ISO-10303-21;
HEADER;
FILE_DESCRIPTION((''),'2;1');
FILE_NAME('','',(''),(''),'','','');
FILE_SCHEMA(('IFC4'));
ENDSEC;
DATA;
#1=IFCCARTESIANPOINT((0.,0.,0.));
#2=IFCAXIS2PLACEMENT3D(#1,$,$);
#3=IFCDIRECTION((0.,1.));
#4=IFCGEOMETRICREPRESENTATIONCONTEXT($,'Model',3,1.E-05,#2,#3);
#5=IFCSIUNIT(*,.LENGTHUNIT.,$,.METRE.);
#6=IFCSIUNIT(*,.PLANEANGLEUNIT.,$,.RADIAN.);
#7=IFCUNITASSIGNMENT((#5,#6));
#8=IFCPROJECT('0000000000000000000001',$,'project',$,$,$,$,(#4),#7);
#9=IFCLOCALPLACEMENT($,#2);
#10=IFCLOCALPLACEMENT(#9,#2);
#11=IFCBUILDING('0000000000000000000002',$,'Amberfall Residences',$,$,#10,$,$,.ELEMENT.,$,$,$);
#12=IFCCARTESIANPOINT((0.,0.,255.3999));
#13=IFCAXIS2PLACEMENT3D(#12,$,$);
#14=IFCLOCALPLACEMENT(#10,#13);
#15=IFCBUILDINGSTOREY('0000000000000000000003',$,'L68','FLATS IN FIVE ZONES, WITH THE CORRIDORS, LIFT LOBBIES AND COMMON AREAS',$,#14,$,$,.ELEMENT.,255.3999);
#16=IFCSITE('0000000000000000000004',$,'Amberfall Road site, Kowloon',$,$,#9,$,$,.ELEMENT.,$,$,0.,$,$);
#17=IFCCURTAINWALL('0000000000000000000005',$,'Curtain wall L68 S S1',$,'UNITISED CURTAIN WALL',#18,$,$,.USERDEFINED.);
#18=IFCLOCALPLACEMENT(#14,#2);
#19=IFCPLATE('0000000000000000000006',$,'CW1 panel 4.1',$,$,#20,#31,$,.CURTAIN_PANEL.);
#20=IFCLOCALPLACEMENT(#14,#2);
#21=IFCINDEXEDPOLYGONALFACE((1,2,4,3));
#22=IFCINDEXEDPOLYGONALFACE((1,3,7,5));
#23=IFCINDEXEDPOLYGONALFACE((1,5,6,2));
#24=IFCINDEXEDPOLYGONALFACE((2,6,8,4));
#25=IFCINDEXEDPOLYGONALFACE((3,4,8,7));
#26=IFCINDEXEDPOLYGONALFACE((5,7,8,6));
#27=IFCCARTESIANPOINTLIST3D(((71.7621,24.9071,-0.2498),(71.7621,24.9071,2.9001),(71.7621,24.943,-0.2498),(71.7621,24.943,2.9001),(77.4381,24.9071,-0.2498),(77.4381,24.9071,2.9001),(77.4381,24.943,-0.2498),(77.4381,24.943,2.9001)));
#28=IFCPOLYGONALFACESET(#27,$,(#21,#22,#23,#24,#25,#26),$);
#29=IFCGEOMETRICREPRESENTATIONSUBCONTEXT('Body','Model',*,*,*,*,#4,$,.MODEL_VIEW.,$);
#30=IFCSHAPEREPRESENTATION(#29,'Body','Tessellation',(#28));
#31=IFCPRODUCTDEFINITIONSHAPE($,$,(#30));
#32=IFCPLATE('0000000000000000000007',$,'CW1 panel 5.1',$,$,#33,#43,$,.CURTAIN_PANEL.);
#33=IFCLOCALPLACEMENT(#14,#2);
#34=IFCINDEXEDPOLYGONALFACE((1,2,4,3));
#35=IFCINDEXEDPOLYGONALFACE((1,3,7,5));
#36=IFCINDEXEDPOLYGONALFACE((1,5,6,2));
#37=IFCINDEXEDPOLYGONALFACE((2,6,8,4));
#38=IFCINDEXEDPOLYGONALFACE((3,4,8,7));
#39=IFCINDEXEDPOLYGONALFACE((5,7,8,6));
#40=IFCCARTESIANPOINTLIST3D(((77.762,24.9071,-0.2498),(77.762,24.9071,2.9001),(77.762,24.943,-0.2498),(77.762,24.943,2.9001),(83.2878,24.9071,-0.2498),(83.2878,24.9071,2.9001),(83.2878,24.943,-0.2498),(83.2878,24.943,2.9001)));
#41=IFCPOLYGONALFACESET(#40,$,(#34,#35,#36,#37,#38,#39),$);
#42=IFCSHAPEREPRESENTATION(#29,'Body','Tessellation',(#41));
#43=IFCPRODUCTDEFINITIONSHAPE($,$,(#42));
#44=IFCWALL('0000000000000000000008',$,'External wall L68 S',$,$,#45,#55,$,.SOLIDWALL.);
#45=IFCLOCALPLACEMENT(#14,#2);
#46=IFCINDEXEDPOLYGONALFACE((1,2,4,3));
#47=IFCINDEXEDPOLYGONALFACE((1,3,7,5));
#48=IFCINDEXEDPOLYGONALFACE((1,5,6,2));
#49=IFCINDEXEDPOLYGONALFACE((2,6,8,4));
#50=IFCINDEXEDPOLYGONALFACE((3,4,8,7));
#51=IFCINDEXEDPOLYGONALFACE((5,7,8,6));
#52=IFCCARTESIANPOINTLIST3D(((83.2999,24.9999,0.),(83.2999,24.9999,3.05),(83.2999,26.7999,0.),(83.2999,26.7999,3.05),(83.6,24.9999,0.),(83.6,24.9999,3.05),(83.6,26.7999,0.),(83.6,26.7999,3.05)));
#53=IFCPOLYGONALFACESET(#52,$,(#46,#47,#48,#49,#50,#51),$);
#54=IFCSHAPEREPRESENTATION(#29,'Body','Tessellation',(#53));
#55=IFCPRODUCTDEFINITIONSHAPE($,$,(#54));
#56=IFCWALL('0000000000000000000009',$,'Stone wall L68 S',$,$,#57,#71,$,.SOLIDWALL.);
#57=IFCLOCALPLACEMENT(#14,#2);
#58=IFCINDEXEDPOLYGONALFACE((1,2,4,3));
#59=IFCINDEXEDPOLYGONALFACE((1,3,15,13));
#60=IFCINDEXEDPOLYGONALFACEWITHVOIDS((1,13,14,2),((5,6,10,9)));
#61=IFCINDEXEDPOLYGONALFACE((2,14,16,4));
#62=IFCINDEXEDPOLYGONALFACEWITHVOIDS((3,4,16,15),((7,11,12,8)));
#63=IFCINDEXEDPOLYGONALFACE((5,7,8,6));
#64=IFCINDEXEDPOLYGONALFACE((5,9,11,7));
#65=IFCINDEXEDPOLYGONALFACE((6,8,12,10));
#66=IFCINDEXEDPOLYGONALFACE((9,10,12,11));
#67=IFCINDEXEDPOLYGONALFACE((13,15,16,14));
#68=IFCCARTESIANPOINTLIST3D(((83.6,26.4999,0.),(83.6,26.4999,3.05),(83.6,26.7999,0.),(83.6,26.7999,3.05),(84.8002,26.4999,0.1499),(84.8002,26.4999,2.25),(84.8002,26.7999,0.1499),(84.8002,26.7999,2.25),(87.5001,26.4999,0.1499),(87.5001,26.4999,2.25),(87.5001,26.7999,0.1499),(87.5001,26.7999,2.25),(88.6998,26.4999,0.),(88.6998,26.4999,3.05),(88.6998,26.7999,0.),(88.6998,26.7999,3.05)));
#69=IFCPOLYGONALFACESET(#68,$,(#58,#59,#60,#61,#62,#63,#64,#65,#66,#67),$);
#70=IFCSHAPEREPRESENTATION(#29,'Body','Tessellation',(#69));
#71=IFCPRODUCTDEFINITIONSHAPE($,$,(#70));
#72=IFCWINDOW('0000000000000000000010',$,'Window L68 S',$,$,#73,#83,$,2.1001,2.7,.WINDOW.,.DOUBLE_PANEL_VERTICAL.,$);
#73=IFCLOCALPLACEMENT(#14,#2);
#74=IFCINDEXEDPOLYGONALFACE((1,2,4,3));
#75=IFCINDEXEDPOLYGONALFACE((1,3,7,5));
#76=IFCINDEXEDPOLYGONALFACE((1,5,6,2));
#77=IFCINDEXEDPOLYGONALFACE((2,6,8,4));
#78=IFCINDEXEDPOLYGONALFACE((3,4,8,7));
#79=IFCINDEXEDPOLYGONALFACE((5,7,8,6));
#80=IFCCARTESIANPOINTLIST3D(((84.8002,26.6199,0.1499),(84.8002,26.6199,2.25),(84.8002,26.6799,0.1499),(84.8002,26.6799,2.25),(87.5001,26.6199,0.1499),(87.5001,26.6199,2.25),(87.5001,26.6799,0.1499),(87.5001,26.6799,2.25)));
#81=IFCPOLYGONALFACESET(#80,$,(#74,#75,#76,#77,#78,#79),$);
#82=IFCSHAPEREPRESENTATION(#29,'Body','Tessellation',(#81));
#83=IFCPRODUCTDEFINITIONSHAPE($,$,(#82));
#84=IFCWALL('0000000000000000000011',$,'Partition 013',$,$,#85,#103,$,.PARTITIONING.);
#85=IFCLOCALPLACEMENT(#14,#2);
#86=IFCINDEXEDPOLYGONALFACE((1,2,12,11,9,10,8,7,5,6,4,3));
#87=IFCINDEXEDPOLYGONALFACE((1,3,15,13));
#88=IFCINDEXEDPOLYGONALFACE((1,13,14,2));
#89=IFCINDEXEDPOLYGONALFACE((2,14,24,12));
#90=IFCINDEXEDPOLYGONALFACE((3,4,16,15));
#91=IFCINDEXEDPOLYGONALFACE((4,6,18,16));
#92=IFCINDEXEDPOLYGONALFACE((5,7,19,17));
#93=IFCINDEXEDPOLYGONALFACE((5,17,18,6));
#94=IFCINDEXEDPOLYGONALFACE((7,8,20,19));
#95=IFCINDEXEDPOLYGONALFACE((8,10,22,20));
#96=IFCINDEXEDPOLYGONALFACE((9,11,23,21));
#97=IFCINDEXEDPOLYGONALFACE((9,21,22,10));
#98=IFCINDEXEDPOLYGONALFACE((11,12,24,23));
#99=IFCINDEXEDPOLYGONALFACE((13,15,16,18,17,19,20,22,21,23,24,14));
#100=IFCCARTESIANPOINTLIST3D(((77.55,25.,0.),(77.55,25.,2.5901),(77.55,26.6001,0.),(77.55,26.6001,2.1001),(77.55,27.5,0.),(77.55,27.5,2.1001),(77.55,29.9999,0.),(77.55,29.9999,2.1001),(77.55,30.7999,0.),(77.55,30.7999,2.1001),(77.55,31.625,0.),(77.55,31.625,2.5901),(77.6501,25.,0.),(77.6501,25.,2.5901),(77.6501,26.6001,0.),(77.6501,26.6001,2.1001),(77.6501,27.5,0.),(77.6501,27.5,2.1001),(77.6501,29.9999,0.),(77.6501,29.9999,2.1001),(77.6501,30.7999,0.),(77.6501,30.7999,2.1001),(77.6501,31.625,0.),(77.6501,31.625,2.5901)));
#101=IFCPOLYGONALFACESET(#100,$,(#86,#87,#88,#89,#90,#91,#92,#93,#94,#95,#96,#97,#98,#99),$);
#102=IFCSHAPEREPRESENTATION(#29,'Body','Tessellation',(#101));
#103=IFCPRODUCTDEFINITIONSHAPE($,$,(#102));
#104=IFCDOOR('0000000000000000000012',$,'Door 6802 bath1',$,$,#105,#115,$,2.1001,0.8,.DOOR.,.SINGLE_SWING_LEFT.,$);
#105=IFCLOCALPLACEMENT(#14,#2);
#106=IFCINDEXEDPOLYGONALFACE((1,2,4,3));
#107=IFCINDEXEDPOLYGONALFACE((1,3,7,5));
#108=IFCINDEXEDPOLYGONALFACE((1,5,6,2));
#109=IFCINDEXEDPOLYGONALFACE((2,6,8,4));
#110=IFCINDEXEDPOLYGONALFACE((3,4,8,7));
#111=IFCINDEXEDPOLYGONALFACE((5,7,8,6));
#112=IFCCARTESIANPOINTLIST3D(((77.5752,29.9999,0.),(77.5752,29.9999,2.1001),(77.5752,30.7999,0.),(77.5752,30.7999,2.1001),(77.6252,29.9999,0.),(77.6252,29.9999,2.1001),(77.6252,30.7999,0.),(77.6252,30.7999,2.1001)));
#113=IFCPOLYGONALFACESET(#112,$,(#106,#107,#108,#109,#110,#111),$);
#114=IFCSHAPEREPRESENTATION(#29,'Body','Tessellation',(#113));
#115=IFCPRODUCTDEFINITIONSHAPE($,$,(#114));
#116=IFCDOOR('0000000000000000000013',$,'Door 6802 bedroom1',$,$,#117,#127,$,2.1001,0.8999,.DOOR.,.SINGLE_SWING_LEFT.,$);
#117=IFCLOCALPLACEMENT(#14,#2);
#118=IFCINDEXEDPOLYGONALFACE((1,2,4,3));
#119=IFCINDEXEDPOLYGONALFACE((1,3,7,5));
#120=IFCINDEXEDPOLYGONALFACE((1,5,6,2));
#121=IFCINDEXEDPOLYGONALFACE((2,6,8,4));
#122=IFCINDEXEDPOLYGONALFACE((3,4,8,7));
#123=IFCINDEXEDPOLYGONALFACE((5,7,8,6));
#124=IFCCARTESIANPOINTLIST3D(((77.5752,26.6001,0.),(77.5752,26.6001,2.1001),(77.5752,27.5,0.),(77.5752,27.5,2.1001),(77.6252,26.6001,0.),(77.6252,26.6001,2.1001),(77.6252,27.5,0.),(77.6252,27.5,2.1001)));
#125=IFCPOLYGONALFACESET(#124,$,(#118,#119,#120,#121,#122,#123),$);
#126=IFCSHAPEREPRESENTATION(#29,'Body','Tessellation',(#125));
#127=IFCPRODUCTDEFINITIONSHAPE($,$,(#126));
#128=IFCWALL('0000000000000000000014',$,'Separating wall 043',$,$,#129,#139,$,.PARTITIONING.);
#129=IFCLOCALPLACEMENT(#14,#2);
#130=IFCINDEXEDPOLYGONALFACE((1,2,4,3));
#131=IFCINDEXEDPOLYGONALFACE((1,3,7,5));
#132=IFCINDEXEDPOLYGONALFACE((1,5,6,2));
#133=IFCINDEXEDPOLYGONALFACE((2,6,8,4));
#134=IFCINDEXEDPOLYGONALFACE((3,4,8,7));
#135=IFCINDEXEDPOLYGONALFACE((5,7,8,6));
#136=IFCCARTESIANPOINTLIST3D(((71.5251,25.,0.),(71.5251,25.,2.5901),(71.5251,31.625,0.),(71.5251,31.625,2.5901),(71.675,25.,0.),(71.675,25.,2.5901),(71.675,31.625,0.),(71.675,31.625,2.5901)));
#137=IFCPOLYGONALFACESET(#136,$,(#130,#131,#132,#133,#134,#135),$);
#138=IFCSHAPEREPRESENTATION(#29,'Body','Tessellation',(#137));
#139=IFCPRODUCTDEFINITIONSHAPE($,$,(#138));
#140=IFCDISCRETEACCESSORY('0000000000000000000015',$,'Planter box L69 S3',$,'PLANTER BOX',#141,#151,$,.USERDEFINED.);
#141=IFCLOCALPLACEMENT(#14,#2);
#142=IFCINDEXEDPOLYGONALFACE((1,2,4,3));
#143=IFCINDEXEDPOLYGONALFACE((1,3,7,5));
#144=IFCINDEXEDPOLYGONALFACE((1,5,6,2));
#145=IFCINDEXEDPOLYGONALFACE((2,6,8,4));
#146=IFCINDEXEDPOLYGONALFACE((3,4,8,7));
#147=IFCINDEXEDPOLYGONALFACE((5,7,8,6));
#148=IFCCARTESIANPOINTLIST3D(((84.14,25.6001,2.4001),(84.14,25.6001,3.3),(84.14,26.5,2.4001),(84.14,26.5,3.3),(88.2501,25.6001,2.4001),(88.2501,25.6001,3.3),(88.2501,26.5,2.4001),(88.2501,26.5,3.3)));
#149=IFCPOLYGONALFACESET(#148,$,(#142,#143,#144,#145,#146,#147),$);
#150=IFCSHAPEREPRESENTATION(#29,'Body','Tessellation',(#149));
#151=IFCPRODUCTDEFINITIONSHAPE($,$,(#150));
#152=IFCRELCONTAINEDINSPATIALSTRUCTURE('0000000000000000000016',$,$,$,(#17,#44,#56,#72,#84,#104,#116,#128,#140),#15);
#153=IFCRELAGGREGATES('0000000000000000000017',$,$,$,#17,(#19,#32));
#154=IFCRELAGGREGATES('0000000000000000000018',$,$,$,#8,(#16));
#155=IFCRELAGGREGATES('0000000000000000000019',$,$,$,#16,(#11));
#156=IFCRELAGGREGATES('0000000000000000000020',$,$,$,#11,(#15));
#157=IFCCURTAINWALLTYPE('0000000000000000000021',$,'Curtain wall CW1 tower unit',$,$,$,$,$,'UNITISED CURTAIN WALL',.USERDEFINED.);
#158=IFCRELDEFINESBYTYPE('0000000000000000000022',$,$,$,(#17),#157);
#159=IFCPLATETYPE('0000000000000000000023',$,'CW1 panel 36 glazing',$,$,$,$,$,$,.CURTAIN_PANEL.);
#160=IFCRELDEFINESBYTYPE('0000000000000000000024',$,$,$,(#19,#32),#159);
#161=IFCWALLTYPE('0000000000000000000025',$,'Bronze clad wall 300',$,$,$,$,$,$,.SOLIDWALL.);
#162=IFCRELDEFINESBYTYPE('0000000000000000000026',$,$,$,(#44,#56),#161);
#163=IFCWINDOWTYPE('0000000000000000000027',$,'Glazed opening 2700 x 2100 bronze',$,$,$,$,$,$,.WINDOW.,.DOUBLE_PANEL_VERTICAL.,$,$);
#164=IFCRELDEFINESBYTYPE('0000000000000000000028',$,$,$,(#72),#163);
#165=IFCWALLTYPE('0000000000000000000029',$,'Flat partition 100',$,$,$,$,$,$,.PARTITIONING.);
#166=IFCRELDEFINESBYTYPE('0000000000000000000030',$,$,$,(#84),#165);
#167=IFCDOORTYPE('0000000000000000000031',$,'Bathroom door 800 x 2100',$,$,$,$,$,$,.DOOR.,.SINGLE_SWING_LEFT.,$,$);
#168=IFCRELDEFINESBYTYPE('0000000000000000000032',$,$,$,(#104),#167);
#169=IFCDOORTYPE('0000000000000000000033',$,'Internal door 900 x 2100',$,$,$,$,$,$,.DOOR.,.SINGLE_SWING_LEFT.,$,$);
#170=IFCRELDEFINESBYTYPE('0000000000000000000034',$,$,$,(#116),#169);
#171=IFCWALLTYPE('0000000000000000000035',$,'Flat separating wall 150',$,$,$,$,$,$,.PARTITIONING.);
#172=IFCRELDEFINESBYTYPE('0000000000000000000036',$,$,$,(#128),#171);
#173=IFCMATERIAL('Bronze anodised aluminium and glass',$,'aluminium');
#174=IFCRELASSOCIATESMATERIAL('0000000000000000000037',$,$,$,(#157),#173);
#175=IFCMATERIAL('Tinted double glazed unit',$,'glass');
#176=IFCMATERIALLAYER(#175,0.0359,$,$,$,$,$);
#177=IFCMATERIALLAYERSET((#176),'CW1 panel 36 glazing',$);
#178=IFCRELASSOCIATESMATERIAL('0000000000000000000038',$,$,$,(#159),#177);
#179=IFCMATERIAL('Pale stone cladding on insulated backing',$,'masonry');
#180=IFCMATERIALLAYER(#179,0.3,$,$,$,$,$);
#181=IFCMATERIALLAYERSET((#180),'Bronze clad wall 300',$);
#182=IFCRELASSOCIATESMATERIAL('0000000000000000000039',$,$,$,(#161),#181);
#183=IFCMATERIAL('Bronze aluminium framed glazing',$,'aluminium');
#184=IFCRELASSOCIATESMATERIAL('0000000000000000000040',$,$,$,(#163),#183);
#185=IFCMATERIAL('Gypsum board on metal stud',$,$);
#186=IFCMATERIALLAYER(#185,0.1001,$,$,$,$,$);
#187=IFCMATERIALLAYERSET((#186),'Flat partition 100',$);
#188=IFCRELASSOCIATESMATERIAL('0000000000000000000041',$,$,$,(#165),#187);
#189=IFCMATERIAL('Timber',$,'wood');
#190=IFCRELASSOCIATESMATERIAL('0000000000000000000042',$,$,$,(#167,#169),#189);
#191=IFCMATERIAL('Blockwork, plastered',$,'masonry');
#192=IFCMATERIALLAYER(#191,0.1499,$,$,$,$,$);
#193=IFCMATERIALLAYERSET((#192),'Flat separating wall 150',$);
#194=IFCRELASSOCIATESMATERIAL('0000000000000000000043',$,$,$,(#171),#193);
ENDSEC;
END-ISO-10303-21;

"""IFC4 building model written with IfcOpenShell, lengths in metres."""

from ifc_helpers import new_model, si_unit, direction, frame, frame_2d, origin, origin_2d, place, context, subcontext, project, spatial, rectangle, extrude, material, layer, layer_set, type_object, element, fill, aggregate, save


model = new_model("IFC4")

# Units and contexts
model_context = context("Model", 3, precision=1e-05, world=origin(), true_north=direction((0.0, 1.0)))
body_context = subcontext(model_context, "Body", "Model", "MODEL_VIEW")
ifc_project = project(units=[si_unit("LENGTHUNIT", "METRE"), si_unit("PLANEANGLEUNIT", "RADIAN")], contexts=[model_context])

# Site, building, storey
site_placement = place(None, origin())
site = spatial("IfcSite", under=ifc_project, at=site_placement, Name="Amberfall Road site, Kowloon", CompositionType="ELEMENT", RefElevation=0.0)
building_placement = place(site_placement, origin())
building = spatial("IfcBuilding", under=site, at=building_placement, Name="Amberfall Residences", CompositionType="ELEMENT")
storey_placement = place(building_placement, frame((0.0, 0.0, 255.3999)))
storey = spatial("IfcBuildingStorey", under=building, at=storey_placement, Name="L68", Description="FLATS IN FIVE ZONES, WITH THE CORRIDORS, LIFT LOBBIES AND COMMON AREAS", CompositionType="ELEMENT", Elevation=255.3999)

# Curtain wall
ifc_material_1 = material(Name="Bronze anodised aluminium and glass", Category="aluminium")
curtain_wall_type = type_object("IfcCurtainWallType", Name="Curtain wall CW1 tower unit", ElementType="UNITISED CURTAIN WALL", PredefinedType="USERDEFINED", material=ifc_material_1)
curtain_wall_placement = place(storey_placement, origin())
curtain_wall = element("IfcCurtainWall", 1, at=curtain_wall_placement, inside=storey, type_object=curtain_wall_type, Name="Curtain wall L68 S S1", ObjectType="UNITISED CURTAIN WALL", PredefinedType="USERDEFINED")

# Plates
ifc_material_2 = material(Name="Tinted double glazed unit", Category="glass")
ifc_layer_1 = layer(ifc_material_2, 0.0359)
ifc_layer_set_1 = layer_set([ifc_layer_1], Name="CW1 panel 36 glazing")
plate_type = type_object("IfcPlateType", Name="CW1 panel 36 glazing", PredefinedType="CURTAIN_PANEL", material=ifc_layer_set_1)
plate_1_placement = place(storey_placement, frame((74.6001, 24.925, -0.2498), z_axis=(0.0, 0.0, 1.0), x_axis=(1.0, 0.0, 0.0)))
plate_1 = element("IfcPlate", 2, at=plate_1_placement, type_object=plate_type, Name="CW1 panel 4.1", PredefinedType="CURTAIN_PANEL", context=body_context, shape_type="SweptSolid", body=[
    extrude(rectangle(XDim=5.676, YDim=0.0359, at=origin_2d()), origin(), (0.0, 0.0, 1.0), 3.1499),
])
plate_2_placement = place(storey_placement, frame((80.5249, 24.925, -0.2498), z_axis=(0.0, 0.0, 1.0), x_axis=(1.0, 0.0, 0.0)))
plate_2 = element("IfcPlate", 3, at=plate_2_placement, type_object=plate_type, Name="CW1 panel 5.1", PredefinedType="CURTAIN_PANEL", context=body_context, shape_type="SweptSolid", body=[
    extrude(rectangle(XDim=5.5259, YDim=0.0359, at=origin_2d()), origin(), (0.0, 0.0, 1.0), 3.1499),
])
aggregate(curtain_wall, [plate_1, plate_2])

# Wall
ifc_material_3 = material(Name="Pale stone cladding on insulated backing", Category="masonry")
ifc_layer_2 = layer(ifc_material_3, 0.3)
ifc_layer_set_2 = layer_set([ifc_layer_2], Name="Bronze clad wall 300")
wall_type_1 = type_object("IfcWallType", Name="Bronze clad wall 300", PredefinedType="SOLIDWALL", material=ifc_layer_set_2)
wall_1_placement = place(storey_placement, frame((83.45, 25.0, 0.0), z_axis=(0.0, 0.0, 1.0), x_axis=(0.0, 1.0, 0.0)))
element("IfcWall", 4, at=wall_1_placement, inside=storey, type_object=wall_type_1, Name="External wall L68 S", PredefinedType="SOLIDWALL", context=body_context, shape_type="SweptSolid", body=[
    extrude(rectangle(XDim=1.8, YDim=0.3, at=frame_2d((0.8999, 0.0))), origin(), (0.0, 0.0, 1.0), 3.05),
])

# Wall, opening, window
wall_2_placement = place(storey_placement, frame((83.6001, 26.6499, 0.0), z_axis=(0.0, 0.0, 1.0), x_axis=(1.0, 0.0, 0.0)))
wall_2 = element("IfcWall", 5, at=wall_2_placement, inside=storey, type_object=wall_type_1, Name="Stone wall L68 S", PredefinedType="SOLIDWALL", context=body_context, shape_type="SweptSolid", body=[
    extrude(rectangle(XDim=5.0999, YDim=0.3, at=frame_2d((2.5498, 0.0))), origin(), (0.0, 0.0, 1.0), 3.05),
])
opening_1_placement = place(wall_2_placement, frame((1.2, 0.0, 0.1499)))
opening_1 = element("IfcOpeningElement", 6, at=opening_1_placement, cuts=wall_2, PredefinedType="OPENING", context=body_context, shape_type="SweptSolid", body=[
    extrude(rectangle(XDim=2.7, YDim=2.1001, at=frame_2d((1.3501, 1.05))), frame((0.0, 0.1599, 0.0), z_axis=(0.0, -1.0, 0.0), x_axis=(1.0, 0.0, 0.0)), (0.0, 0.0, 1.0), 0.3201),
])
ifc_material_4 = material(Name="Bronze aluminium framed glazing", Category="aluminium")
window_type = type_object("IfcWindowType", Name="Glazed opening 2700 x 2100 bronze", PartitioningType="DOUBLE_PANEL_VERTICAL", PredefinedType="WINDOW", material=ifc_material_4)
window_placement = place(opening_1_placement, origin())
window = element("IfcWindow", 7, at=window_placement, inside=storey, type_object=window_type, Name="Window L68 S", OverallHeight=2.1001, OverallWidth=2.7, PartitioningType="DOUBLE_PANEL_VERTICAL", PredefinedType="WINDOW", context=body_context, shape_type="SweptSolid", body=[
    extrude(rectangle(XDim=2.7, YDim=2.1001, at=frame_2d((1.3501, 1.05))), frame((0.0, 0.03, 0.0), z_axis=(0.0, -1.0, 0.0), x_axis=(1.0, 0.0, 0.0)), (0.0, 0.0, 1.0), 0.0601),
])
fill(opening_1, window)

# Wall, openings, doors
ifc_material_5 = material(Name="Gypsum board on metal stud")
ifc_layer_3 = layer(ifc_material_5, 0.1001)
ifc_layer_set_3 = layer_set([ifc_layer_3], Name="Flat partition 100")
wall_type_2 = type_object("IfcWallType", Name="Flat partition 100", PredefinedType="PARTITIONING", material=ifc_layer_set_3)
wall_3_placement = place(storey_placement, frame((77.6001, 25.0, 0.0), z_axis=(0.0, 0.0, 1.0), x_axis=(0.0, 1.0, 0.0)))
wall_3 = element("IfcWall", 8, at=wall_3_placement, inside=storey, type_object=wall_type_2, Name="Partition 013", PredefinedType="PARTITIONING", context=body_context, shape_type="SweptSolid", body=[
    extrude(rectangle(XDim=6.625, YDim=0.1001, at=frame_2d((3.3125, 0.0))), origin(), (0.0, 0.0, 1.0), 2.5901),
])
opening_2_placement = place(wall_3_placement, frame((1.6001, 0.0, 0.0)))
opening_2 = element("IfcOpeningElement", 9, at=opening_2_placement, cuts=wall_3, PredefinedType="OPENING", context=body_context, shape_type="SweptSolid", body=[
    extrude(rectangle(XDim=0.8999, YDim=2.1001, at=frame_2d((0.45, 1.05))), frame((0.0, 0.0601, 0.0), z_axis=(0.0, -1.0, 0.0), x_axis=(1.0, 0.0, 0.0)), (0.0, 0.0, 1.0), 0.1201),
])
opening_3_placement = place(wall_3_placement, frame((5.0, 0.0, 0.0)))
opening_3 = element("IfcOpeningElement", 10, at=opening_3_placement, cuts=wall_3, PredefinedType="OPENING", context=body_context, shape_type="SweptSolid", body=[
    extrude(rectangle(XDim=0.8, YDim=2.1001, at=frame_2d((0.3999, 1.05))), frame((0.0, 0.0601, 0.0), z_axis=(0.0, -1.0, 0.0), x_axis=(1.0, 0.0, 0.0)), (0.0, 0.0, 1.0), 0.1201),
])
ifc_material_6 = material(Name="Timber", Category="wood")
door_type_1 = type_object("IfcDoorType", Name="Bathroom door 800 x 2100", OperationType="SINGLE_SWING_LEFT", PredefinedType="DOOR", material=ifc_material_6)
door_1_placement = place(opening_3_placement, origin())
door_1 = element("IfcDoor", 11, at=door_1_placement, inside=storey, type_object=door_type_1, Name="Door 6802 bath1", OperationType="SINGLE_SWING_LEFT", OverallHeight=2.1001, OverallWidth=0.8, PredefinedType="DOOR", context=body_context, shape_type="SweptSolid", body=[
    extrude(rectangle(XDim=0.8, YDim=2.1001, at=frame_2d((0.3999, 1.05))), frame((0.0, 0.0249, 0.0), z_axis=(0.0, -1.0, 0.0), x_axis=(1.0, 0.0, 0.0)), (0.0, 0.0, 1.0), 0.05),
])
fill(opening_3, door_1)
door_type_2 = type_object("IfcDoorType", Name="Internal door 900 x 2100", OperationType="SINGLE_SWING_LEFT", PredefinedType="DOOR", material=ifc_material_6)
door_2_placement = place(opening_2_placement, origin())
door_2 = element("IfcDoor", 12, at=door_2_placement, inside=storey, type_object=door_type_2, Name="Door 6802 bedroom1", OperationType="SINGLE_SWING_LEFT", OverallHeight=2.1001, OverallWidth=0.8999, PredefinedType="DOOR", context=body_context, shape_type="SweptSolid", body=[
    extrude(rectangle(XDim=0.8999, YDim=2.1001, at=frame_2d((0.45, 1.05))), frame((0.0, 0.0249, 0.0), z_axis=(0.0, -1.0, 0.0), x_axis=(1.0, 0.0, 0.0)), (0.0, 0.0, 1.0), 0.05),
])
fill(opening_2, door_2)

# Wall
ifc_material_7 = material(Name="Blockwork, plastered", Category="masonry")
ifc_layer_4 = layer(ifc_material_7, 0.1499)
ifc_layer_set_4 = layer_set([ifc_layer_4], Name="Flat separating wall 150")
wall_type_3 = type_object("IfcWallType", Name="Flat separating wall 150", PredefinedType="PARTITIONING", material=ifc_layer_set_4)
wall_4_placement = place(storey_placement, frame((71.6001, 25.0, 0.0), z_axis=(0.0, 0.0, 1.0), x_axis=(0.0, 1.0, 0.0)))
element("IfcWall", 13, at=wall_4_placement, inside=storey, type_object=wall_type_3, Name="Separating wall 043", PredefinedType="PARTITIONING", context=body_context, shape_type="SweptSolid", body=[
    extrude(rectangle(XDim=6.625, YDim=0.1499, at=frame_2d((3.3125, 0.0))), origin(), (0.0, 0.0, 1.0), 2.5901),
])

# Discrete accessory
discrete_accessory_placement = place(storey_placement, frame((86.1951, 26.05, 2.4001), z_axis=(0.0, 0.0, 1.0), x_axis=(1.0, 0.0, 0.0)))
element("IfcDiscreteAccessory", 14, at=discrete_accessory_placement, inside=storey, Name="Planter box L69 S3", ObjectType="PLANTER BOX", PredefinedType="USERDEFINED", context=body_context, shape_type="SweptSolid", body=[
    extrude(rectangle(XDim=4.1101, YDim=0.8999, at=origin_2d()), origin(), (0.0, 0.0, 1.0), 0.8999),
])

save(model, "model.ifc")
